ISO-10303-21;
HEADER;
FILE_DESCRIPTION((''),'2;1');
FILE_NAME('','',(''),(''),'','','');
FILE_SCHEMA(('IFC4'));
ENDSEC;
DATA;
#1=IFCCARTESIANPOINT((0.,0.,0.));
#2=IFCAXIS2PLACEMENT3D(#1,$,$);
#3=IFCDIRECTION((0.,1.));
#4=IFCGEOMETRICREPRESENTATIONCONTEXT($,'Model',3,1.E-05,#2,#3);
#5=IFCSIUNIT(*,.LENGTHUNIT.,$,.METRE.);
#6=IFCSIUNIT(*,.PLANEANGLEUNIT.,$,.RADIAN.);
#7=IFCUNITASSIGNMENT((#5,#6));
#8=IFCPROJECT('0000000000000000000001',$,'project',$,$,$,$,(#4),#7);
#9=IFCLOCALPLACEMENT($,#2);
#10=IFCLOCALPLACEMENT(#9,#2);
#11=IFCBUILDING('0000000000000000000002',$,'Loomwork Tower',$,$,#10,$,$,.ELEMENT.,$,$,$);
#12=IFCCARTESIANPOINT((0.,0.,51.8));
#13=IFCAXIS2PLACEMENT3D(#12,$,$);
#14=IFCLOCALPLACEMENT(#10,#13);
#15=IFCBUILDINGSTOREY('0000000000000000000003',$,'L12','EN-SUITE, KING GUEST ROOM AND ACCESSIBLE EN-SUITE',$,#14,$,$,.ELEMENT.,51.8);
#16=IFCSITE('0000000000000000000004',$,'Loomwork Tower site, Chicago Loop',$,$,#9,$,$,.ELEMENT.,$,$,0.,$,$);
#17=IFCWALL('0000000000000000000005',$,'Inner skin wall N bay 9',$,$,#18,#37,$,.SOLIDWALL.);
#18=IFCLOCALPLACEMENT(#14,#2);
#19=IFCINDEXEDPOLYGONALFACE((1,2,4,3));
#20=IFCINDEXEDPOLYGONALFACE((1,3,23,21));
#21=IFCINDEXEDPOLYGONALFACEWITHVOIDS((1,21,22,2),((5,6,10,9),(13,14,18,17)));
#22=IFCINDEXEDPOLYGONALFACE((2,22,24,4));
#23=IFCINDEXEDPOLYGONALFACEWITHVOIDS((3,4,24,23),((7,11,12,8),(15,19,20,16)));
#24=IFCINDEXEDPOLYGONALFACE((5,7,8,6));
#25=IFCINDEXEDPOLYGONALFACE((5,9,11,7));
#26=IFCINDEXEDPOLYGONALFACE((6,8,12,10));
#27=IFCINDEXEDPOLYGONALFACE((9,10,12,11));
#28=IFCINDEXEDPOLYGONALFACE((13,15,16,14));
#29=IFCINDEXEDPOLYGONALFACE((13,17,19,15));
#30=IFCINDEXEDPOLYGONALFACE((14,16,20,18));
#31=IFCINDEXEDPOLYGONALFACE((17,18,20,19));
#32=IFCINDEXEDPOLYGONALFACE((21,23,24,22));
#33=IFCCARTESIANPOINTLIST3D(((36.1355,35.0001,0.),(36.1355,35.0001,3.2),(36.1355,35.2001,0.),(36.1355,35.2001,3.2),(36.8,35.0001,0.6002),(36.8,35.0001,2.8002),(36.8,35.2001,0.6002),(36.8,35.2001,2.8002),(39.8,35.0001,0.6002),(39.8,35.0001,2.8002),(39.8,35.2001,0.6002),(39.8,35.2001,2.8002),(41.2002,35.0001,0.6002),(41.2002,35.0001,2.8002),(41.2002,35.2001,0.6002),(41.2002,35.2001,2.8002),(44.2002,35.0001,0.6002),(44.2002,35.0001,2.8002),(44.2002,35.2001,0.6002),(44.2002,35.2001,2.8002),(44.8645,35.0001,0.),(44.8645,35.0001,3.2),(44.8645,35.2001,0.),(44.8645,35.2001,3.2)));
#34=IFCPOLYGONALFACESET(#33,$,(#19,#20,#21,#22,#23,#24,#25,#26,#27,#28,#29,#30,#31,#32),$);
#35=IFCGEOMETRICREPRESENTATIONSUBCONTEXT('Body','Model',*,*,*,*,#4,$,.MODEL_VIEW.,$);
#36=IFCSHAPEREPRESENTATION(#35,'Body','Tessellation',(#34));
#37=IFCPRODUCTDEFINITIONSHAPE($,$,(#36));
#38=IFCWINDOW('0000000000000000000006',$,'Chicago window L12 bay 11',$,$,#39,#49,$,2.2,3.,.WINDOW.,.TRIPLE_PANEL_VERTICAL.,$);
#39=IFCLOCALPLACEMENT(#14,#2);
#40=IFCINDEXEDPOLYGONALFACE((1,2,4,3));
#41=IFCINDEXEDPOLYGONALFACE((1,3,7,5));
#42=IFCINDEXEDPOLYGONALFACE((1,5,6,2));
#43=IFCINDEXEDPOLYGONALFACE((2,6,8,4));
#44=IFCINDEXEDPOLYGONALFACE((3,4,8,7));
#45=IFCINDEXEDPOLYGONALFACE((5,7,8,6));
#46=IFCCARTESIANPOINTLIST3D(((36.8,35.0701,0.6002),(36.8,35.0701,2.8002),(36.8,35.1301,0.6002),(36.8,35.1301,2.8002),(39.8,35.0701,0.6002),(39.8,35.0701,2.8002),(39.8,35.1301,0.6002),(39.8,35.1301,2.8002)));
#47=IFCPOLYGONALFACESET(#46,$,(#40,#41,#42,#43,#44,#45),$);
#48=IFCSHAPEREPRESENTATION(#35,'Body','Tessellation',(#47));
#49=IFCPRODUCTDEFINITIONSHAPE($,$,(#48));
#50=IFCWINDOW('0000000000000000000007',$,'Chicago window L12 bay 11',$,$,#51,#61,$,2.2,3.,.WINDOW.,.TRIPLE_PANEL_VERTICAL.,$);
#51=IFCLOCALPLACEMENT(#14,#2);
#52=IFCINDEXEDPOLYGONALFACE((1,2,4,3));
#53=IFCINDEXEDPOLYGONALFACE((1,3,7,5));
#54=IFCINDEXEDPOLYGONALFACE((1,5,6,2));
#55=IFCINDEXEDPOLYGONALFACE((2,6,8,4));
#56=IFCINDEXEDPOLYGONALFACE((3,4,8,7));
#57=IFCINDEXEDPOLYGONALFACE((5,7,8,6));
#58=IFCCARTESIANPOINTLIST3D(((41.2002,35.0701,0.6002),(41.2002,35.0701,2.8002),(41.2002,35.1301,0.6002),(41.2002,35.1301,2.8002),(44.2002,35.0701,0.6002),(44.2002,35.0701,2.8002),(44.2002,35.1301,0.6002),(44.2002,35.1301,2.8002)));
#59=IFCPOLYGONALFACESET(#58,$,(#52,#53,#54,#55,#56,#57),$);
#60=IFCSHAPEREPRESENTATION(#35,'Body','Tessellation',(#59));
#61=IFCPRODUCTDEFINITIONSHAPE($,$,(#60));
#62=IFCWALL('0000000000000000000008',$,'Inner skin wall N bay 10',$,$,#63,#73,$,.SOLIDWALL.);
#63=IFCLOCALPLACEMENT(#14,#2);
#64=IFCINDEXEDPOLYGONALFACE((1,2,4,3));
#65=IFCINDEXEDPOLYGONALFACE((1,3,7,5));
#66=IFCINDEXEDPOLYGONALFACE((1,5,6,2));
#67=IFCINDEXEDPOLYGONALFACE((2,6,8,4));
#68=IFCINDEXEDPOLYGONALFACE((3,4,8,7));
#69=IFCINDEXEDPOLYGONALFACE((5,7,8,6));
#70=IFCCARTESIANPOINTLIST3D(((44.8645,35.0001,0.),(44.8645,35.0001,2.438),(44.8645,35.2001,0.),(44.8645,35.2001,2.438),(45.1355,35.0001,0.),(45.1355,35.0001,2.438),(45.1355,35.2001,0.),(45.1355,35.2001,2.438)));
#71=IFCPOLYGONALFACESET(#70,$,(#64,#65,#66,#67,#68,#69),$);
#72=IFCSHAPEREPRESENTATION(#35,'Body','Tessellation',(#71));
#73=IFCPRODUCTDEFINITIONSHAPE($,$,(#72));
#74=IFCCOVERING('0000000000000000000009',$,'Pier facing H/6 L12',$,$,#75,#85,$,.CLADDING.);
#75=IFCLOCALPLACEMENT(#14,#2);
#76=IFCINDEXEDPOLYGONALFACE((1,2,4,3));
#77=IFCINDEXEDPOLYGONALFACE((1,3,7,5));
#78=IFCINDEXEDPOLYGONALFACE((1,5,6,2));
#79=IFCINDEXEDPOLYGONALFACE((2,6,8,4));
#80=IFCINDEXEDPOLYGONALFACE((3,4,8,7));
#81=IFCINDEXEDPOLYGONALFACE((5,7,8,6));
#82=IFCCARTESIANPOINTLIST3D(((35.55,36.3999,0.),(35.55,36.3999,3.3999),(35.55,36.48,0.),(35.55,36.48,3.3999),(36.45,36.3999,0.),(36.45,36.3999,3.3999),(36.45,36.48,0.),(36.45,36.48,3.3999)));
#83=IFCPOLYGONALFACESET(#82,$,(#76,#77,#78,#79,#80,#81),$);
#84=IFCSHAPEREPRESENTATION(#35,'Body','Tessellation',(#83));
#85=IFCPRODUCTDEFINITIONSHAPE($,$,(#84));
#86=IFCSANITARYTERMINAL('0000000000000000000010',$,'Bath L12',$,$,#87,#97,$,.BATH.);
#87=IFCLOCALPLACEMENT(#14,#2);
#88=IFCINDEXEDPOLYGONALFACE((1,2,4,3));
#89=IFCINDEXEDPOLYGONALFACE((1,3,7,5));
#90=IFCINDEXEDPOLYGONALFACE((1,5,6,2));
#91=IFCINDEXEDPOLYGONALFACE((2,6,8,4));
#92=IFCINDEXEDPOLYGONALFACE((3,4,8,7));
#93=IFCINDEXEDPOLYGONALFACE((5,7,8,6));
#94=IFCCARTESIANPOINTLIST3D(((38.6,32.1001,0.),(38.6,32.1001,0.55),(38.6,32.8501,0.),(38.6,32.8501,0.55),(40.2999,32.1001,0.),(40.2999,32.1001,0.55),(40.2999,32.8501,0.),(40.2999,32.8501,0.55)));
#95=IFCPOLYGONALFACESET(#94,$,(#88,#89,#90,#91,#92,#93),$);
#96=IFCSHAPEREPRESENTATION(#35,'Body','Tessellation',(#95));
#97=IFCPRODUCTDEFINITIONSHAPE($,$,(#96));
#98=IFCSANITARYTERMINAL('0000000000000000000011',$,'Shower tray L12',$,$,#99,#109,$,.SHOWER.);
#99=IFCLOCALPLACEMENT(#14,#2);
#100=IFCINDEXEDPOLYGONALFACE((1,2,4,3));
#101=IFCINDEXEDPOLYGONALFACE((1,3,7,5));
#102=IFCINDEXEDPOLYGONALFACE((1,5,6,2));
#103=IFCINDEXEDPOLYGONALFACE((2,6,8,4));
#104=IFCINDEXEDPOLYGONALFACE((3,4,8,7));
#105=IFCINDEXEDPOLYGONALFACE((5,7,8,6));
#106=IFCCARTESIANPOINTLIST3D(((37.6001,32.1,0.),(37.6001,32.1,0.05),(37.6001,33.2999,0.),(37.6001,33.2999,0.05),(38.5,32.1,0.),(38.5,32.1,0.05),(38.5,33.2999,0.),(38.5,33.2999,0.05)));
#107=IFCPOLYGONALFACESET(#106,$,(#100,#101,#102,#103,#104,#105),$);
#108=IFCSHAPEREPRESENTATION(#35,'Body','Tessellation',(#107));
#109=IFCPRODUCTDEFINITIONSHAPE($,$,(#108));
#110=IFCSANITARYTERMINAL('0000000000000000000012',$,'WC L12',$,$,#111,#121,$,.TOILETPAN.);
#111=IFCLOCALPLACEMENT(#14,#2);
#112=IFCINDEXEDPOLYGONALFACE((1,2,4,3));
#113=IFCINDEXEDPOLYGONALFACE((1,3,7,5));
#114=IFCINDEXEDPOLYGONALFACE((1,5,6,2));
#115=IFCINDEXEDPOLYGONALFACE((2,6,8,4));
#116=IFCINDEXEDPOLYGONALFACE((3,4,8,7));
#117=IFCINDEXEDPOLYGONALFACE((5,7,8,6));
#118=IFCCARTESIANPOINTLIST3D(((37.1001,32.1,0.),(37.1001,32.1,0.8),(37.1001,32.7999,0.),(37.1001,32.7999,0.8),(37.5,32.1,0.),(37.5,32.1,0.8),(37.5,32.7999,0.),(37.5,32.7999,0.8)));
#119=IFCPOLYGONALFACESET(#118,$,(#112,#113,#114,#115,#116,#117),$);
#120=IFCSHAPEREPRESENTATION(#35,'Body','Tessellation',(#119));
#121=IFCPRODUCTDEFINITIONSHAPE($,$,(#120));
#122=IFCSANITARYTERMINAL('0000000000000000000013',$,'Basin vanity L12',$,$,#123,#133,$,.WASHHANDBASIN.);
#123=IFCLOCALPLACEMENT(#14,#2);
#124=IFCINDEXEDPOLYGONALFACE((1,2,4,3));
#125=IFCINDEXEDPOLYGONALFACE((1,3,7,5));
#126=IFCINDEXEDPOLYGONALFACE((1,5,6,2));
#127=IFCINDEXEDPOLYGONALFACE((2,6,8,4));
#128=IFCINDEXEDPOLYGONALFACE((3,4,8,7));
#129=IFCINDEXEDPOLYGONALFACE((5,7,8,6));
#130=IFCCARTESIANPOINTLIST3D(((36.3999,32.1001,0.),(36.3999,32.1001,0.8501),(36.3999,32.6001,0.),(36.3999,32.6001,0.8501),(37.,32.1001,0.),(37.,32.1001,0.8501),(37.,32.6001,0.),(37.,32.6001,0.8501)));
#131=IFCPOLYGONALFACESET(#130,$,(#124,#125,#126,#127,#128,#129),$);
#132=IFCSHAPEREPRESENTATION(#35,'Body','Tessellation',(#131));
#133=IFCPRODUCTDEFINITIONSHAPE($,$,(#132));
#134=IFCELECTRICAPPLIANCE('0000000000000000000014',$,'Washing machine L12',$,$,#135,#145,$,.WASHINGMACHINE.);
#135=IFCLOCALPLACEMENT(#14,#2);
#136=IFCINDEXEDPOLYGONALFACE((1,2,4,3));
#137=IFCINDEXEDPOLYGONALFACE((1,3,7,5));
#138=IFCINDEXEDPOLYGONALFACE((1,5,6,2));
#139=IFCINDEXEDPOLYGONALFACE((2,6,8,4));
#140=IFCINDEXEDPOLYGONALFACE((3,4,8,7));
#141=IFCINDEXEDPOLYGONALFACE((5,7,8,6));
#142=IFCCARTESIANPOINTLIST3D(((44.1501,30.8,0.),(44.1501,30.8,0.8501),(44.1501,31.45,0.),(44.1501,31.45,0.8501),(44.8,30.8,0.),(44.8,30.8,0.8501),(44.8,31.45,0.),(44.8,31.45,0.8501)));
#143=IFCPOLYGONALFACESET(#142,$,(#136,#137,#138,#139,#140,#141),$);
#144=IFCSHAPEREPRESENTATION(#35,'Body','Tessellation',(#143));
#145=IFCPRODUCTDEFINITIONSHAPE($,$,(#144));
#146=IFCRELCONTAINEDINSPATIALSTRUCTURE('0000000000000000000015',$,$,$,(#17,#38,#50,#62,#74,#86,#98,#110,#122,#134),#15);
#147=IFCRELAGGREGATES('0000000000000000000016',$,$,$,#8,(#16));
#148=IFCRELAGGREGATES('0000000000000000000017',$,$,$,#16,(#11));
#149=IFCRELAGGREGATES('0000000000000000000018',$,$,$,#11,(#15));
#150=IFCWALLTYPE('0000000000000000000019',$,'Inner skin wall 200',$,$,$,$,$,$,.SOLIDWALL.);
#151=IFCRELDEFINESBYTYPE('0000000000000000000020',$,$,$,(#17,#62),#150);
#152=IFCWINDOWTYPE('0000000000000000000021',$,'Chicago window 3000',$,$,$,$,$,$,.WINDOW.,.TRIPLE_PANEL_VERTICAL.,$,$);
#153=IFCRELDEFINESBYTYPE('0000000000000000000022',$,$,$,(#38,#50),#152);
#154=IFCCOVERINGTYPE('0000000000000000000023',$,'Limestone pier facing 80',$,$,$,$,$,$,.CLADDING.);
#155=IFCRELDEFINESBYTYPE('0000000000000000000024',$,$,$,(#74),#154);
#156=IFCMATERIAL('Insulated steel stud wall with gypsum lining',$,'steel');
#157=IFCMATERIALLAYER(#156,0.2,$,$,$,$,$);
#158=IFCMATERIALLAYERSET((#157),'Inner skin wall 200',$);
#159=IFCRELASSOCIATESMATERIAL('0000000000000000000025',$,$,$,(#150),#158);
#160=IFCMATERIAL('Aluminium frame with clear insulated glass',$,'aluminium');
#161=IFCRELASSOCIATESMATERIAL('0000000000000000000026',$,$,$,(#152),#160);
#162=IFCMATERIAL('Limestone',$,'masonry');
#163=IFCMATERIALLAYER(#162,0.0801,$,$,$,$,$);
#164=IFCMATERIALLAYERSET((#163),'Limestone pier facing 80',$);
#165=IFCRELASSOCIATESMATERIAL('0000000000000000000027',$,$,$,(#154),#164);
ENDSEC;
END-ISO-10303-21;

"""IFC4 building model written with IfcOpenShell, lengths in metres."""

from ifc_helpers import new_model, si_unit, direction, frame, frame_2d, origin, origin_2d, place, context, subcontext, project, spatial, rectangle, extrude, material, layer, layer_set, type_object, element, fill, save


model = new_model("IFC4")

# Units and contexts
model_context = context("Model", 3, precision=1e-05, world=origin(), true_north=direction((0.0, 1.0)))
body_context = subcontext(model_context, "Body", "Model", "MODEL_VIEW")
ifc_project = project(units=[si_unit("LENGTHUNIT", "METRE"), si_unit("PLANEANGLEUNIT", "RADIAN")], contexts=[model_context])

# Site, building, storey
site_placement = place(None, origin())
site = spatial("IfcSite", under=ifc_project, at=site_placement, Name="Loomwork Tower site, Chicago Loop", CompositionType="ELEMENT", RefElevation=0.0)
building_placement = place(site_placement, origin())
building = spatial("IfcBuilding", under=site, at=building_placement, Name="Loomwork Tower", CompositionType="ELEMENT")
storey_placement = place(building_placement, frame((0.0, 0.0, 51.8)))
storey = spatial("IfcBuildingStorey", under=building, at=storey_placement, Name="L12", Description="EN-SUITE, KING GUEST ROOM AND ACCESSIBLE EN-SUITE", CompositionType="ELEMENT", Elevation=51.8)

# Wall, openings, windows
ifc_material_1 = material(Name="Insulated steel stud wall with gypsum lining", Category="steel")
ifc_layer_1 = layer(ifc_material_1, 0.2)
ifc_layer_set_1 = layer_set([ifc_layer_1], Name="Inner skin wall 200")
wall_type_1 = type_object("IfcWallType", Name="Inner skin wall 200", PredefinedType="SOLIDWALL", material=ifc_layer_set_1)
wall_1_placement = place(storey_placement, frame((36.1355, 35.1001, 0.0), z_axis=(0.0, 0.0, 1.0), x_axis=(1.0, 0.0, 0.0)))
wall_1 = element("IfcWall", 1, at=wall_1_placement, inside=storey, type_object=wall_type_1, Name="Inner skin wall N bay 9", PredefinedType="SOLIDWALL", context=body_context, shape_type="SweptSolid", body=[
    extrude(rectangle(XDim=8.729, YDim=0.2, at=frame_2d((4.3645, 0.0))), origin(), (0.0, 0.0, 1.0), 3.2),
])
opening_1_placement = place(wall_1_placement, frame((0.6646, 0.0, 0.6001)))
opening_1 = element("IfcOpeningElement", 2, at=opening_1_placement, cuts=wall_1, PredefinedType="OPENING", context=body_context, shape_type="SweptSolid", body=[
    extrude(rectangle(XDim=3.0, YDim=2.2, at=frame_2d((1.5, 1.1001))), frame((0.0, 0.1099, 0.0), z_axis=(0.0, -1.0, 0.0), x_axis=(1.0, 0.0, 0.0)), (0.0, 0.0, 1.0), 0.22),
])
opening_2_placement = place(wall_1_placement, frame((5.0647, 0.0, 0.6001)))
opening_2 = element("IfcOpeningElement", 3, at=opening_2_placement, cuts=wall_1, PredefinedType="OPENING", context=body_context, shape_type="SweptSolid", body=[
    extrude(rectangle(XDim=3.0, YDim=2.2, at=frame_2d((1.5, 1.1001))), frame((0.0, 0.1099, 0.0), z_axis=(0.0, -1.0, 0.0), x_axis=(1.0, 0.0, 0.0)), (0.0, 0.0, 1.0), 0.22),
])
ifc_material_2 = material(Name="Aluminium frame with clear insulated glass", Category="aluminium")
window_type = type_object("IfcWindowType", Name="Chicago window 3000", PartitioningType="TRIPLE_PANEL_VERTICAL", PredefinedType="WINDOW", material=ifc_material_2)
window_1_placement = place(opening_1_placement, origin())
window_1 = element("IfcWindow", 4, at=window_1_placement, inside=storey, type_object=window_type, Name="Chicago window L12 bay 11", OverallHeight=2.2, OverallWidth=3.0, PartitioningType="TRIPLE_PANEL_VERTICAL", PredefinedType="WINDOW", context=body_context, shape_type="SweptSolid", body=[
    extrude(rectangle(XDim=3.0, YDim=2.2, at=frame_2d((1.5, 1.1001))), frame((0.0, 0.03, 0.0), z_axis=(0.0, -1.0, 0.0), x_axis=(1.0, 0.0, 0.0)), (0.0, 0.0, 1.0), 0.0601),
])
fill(opening_1, window_1)
window_2_placement = place(opening_2_placement, origin())
window_2 = element("IfcWindow", 5, at=window_2_placement, inside=storey, type_object=window_type, Name="Chicago window L12 bay 11", OverallHeight=2.2, OverallWidth=3.0, PartitioningType="TRIPLE_PANEL_VERTICAL", PredefinedType="WINDOW", context=body_context, shape_type="SweptSolid", body=[
    extrude(rectangle(XDim=3.0, YDim=2.2, at=frame_2d((1.5, 1.1001))), frame((0.0, 0.03, 0.0), z_axis=(0.0, -1.0, 0.0), x_axis=(1.0, 0.0, 0.0)), (0.0, 0.0, 1.0), 0.0601),
])
fill(opening_2, window_2)

# Wall
wall_2_placement = place(storey_placement, frame((44.8645, 35.1001, 0.0), z_axis=(0.0, 0.0, 1.0), x_axis=(1.0, 0.0, 0.0)))
element("IfcWall", 6, at=wall_2_placement, inside=storey, type_object=wall_type_1, Name="Inner skin wall N bay 10", PredefinedType="SOLIDWALL", context=body_context, shape_type="SweptSolid", body=[
    extrude(rectangle(XDim=0.271, YDim=0.2, at=frame_2d((0.1355, 0.0))), origin(), (0.0, 0.0, 1.0), 2.438),
])

# Covering
ifc_material_3 = material(Name="Limestone", Category="masonry")
ifc_layer_2 = layer(ifc_material_3, 0.0801)
ifc_layer_set_2 = layer_set([ifc_layer_2], Name="Limestone pier facing 80")
covering_type = type_object("IfcCoveringType", Name="Limestone pier facing 80", PredefinedType="CLADDING", material=ifc_layer_set_2)
covering_placement = place(storey_placement, frame((36.0, 36.4399, 0.0), z_axis=(0.0, 0.0, 1.0), x_axis=(1.0, 0.0, 0.0)))
element("IfcCovering", 7, at=covering_placement, inside=storey, type_object=covering_type, Name="Pier facing H/6 L12", PredefinedType="CLADDING", context=body_context, shape_type="SweptSolid", body=[
    extrude(rectangle(XDim=0.8999, YDim=0.0801, at=origin_2d()), origin(), (0.0, 0.0, 1.0), 3.3999),
])

# Sanitary terminals
sanitary_terminal_1_placement = place(storey_placement, frame((39.45, 32.4751, 0.0), z_axis=(0.0, 0.0, 1.0), x_axis=(1.0, 0.0, 0.0)))
element("IfcSanitaryTerminal", 8, at=sanitary_terminal_1_placement, inside=storey, Name="Bath L12", PredefinedType="BATH", context=body_context, shape_type="SweptSolid", body=[
    extrude(rectangle(XDim=1.7, YDim=0.75, at=origin_2d()), origin(), (0.0, 0.0, 1.0), 0.55),
])
sanitary_terminal_2_placement = place(storey_placement, frame((38.05, 32.7, 0.0), z_axis=(0.0, 0.0, 1.0), x_axis=(1.0, 0.0, 0.0)))
element("IfcSanitaryTerminal", 9, at=sanitary_terminal_2_placement, inside=storey, Name="Shower tray L12", PredefinedType="SHOWER", context=body_context, shape_type="SweptSolid", body=[
    extrude(rectangle(XDim=0.8999, YDim=1.2, at=origin_2d()), origin(), (0.0, 0.0, 1.0), 0.05),
])
sanitary_terminal_3_placement = place(storey_placement, frame((37.3, 32.45, 0.0), z_axis=(0.0, 0.0, 1.0), x_axis=(1.0, 0.0, 0.0)))
element("IfcSanitaryTerminal", 10, at=sanitary_terminal_3_placement, inside=storey, Name="WC L12", PredefinedType="TOILETPAN", context=body_context, shape_type="SweptSolid", body=[
    extrude(rectangle(XDim=0.3999, YDim=0.7, at=origin_2d()), origin(), (0.0, 0.0, 1.0), 0.8),
])
sanitary_terminal_4_placement = place(storey_placement, frame((36.7, 32.3501, 0.0), z_axis=(0.0, 0.0, 1.0), x_axis=(1.0, 0.0, 0.0)))
element("IfcSanitaryTerminal", 11, at=sanitary_terminal_4_placement, inside=storey, Name="Basin vanity L12", PredefinedType="WASHHANDBASIN", context=body_context, shape_type="SweptSolid", body=[
    extrude(rectangle(XDim=0.6001, YDim=0.5, at=origin_2d()), origin(), (0.0, 0.0, 1.0), 0.8501),
])

# Electric appliance
electric_appliance_placement = place(storey_placement, frame((44.4751, 31.125, 0.0), z_axis=(0.0, 0.0, 1.0), x_axis=(1.0, 0.0, 0.0)))
element("IfcElectricAppliance", 12, at=electric_appliance_placement, inside=storey, Name="Washing machine L12", PredefinedType="WASHINGMACHINE", context=body_context, shape_type="SweptSolid", body=[
    extrude(rectangle(XDim=0.6499, YDim=0.6499, at=origin_2d()), origin(), (0.0, 0.0, 1.0), 0.8501),
])

save(model, "model.ifc")
